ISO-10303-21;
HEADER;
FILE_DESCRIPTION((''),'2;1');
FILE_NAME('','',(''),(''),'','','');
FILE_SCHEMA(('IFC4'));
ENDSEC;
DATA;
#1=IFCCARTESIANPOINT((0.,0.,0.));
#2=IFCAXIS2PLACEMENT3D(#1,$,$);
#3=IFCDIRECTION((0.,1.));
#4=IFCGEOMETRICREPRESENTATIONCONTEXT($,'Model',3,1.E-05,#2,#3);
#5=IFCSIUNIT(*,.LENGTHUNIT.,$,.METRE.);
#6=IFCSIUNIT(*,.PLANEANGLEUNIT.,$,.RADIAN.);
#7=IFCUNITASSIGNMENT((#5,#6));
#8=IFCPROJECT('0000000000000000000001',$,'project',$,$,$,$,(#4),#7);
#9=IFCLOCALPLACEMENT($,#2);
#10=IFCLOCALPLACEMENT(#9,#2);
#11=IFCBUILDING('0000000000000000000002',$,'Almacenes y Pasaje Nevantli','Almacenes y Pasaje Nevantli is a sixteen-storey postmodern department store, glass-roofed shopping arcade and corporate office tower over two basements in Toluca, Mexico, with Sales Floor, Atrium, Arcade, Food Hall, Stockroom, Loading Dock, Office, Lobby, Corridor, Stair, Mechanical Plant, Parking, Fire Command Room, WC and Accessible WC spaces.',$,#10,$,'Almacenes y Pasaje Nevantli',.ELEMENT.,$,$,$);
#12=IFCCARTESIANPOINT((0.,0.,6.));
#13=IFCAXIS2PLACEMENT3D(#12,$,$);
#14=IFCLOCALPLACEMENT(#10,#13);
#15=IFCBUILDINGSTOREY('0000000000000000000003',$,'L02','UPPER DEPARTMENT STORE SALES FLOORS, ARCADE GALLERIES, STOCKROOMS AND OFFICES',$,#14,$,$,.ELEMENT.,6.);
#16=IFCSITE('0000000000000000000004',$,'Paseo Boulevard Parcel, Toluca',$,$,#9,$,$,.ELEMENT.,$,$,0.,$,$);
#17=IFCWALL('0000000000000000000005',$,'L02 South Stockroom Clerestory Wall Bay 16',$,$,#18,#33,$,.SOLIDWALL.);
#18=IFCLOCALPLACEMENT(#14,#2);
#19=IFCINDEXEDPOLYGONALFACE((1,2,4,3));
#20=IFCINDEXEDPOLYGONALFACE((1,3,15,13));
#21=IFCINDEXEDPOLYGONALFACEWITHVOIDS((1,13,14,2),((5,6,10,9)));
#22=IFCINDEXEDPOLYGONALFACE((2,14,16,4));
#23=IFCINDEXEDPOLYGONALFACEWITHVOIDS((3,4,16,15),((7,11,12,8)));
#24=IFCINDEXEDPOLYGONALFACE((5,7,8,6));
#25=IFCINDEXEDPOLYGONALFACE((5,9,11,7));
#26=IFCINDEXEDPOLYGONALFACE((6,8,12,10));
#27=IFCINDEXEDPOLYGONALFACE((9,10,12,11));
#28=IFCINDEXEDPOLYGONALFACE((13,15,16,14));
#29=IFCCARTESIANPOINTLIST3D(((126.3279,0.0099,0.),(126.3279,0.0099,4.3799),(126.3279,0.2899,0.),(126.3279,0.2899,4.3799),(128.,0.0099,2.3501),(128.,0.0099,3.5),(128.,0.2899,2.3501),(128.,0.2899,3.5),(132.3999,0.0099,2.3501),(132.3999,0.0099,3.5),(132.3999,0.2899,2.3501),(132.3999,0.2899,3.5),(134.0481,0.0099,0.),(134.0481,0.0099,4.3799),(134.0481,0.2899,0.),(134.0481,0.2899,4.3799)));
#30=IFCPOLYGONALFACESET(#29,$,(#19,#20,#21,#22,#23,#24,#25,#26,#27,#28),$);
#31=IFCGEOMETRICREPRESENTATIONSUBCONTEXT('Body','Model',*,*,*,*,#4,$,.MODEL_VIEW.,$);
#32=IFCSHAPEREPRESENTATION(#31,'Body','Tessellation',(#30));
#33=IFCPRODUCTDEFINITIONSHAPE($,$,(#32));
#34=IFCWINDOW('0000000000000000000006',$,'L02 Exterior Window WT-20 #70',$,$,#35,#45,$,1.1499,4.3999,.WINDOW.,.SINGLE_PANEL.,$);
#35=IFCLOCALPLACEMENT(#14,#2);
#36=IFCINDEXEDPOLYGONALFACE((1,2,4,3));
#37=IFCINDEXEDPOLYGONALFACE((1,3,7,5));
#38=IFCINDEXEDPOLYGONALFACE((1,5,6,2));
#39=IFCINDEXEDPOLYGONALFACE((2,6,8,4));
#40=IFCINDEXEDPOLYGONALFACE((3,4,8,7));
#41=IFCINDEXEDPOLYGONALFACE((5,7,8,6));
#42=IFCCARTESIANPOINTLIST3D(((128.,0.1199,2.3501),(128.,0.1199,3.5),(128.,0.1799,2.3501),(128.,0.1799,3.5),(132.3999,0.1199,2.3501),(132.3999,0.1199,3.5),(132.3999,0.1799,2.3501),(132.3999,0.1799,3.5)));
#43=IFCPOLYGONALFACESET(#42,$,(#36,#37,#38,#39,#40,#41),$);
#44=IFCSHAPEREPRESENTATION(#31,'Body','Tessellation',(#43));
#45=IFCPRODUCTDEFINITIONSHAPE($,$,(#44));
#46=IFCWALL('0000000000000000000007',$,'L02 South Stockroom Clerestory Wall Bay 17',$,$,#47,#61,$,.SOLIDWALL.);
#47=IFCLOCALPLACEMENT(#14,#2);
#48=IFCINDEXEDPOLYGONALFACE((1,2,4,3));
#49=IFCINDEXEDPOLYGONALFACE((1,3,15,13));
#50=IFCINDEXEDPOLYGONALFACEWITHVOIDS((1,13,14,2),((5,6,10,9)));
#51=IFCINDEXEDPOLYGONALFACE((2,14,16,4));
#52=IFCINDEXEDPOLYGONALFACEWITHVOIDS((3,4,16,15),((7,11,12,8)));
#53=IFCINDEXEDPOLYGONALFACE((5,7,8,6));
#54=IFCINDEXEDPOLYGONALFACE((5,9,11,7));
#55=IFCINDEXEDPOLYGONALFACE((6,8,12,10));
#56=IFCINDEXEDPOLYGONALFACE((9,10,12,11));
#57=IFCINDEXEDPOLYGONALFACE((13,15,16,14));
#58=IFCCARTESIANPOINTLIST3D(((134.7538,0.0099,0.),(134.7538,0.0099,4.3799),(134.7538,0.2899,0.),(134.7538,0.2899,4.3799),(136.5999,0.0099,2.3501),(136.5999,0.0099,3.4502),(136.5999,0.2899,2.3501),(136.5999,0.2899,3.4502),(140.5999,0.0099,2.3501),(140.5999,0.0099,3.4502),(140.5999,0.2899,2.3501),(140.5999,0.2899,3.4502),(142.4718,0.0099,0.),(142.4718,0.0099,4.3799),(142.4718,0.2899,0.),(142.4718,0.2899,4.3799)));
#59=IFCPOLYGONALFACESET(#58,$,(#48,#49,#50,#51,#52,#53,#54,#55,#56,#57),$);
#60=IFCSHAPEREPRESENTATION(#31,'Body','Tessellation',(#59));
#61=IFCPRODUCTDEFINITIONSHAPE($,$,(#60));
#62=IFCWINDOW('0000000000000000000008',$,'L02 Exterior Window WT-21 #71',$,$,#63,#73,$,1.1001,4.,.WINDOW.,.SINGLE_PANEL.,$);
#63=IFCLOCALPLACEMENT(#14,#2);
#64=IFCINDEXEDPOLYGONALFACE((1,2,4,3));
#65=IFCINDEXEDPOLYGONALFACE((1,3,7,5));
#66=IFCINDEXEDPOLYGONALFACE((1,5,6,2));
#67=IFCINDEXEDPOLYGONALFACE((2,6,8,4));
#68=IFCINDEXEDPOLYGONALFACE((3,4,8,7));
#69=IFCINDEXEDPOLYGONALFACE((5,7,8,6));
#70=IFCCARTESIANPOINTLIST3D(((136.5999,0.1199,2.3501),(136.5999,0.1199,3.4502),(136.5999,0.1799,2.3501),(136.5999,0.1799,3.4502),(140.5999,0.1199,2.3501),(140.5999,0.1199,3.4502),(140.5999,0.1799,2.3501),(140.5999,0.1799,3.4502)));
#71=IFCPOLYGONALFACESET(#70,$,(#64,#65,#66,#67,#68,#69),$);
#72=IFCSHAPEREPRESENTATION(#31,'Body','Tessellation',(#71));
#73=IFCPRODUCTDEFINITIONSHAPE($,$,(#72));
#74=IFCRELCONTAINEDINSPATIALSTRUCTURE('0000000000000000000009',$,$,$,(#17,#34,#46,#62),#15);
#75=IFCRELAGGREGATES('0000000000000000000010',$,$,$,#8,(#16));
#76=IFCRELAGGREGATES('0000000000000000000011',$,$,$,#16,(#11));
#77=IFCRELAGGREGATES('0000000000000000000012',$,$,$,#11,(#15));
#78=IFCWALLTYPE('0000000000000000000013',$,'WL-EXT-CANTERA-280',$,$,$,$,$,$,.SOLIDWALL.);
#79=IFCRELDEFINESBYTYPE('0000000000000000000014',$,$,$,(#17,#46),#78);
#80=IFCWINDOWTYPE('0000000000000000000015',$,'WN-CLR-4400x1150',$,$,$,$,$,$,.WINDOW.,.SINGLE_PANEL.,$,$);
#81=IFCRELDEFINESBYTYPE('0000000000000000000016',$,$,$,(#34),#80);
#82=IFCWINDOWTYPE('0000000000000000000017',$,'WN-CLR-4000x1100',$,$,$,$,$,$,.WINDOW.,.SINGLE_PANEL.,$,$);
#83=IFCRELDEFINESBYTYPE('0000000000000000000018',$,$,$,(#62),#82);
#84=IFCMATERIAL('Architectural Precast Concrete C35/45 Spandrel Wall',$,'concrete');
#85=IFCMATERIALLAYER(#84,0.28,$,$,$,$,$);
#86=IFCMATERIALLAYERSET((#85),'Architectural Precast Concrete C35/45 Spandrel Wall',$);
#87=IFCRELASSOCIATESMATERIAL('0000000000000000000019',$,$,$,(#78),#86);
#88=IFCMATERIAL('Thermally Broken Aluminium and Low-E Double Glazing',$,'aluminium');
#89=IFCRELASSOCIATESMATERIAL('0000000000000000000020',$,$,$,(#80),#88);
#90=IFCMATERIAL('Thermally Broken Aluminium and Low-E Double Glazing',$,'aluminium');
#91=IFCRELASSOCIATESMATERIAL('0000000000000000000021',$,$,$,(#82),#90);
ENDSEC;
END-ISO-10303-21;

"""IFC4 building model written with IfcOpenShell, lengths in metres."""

from ifc_helpers import new_model, si_unit, direction, frame, frame_2d, origin, place, context, subcontext, project, spatial, rectangle, extrude, material, layer, layer_set, type_object, element, fill, save


model = new_model("IFC4")

# Units and contexts
model_context = context("Model", 3, precision=1e-05, world=origin(), true_north=direction((0.0, 1.0)))
body_context = subcontext(model_context, "Body", "Model", "MODEL_VIEW")
ifc_project = project(units=[si_unit("LENGTHUNIT", "METRE"), si_unit("PLANEANGLEUNIT", "RADIAN")], contexts=[model_context])

# Site, building, storey
site_placement = place(None, origin())
site = spatial("IfcSite", under=ifc_project, at=site_placement, Name="Paseo Boulevard Parcel, Toluca", CompositionType="ELEMENT", RefElevation=0.0)
building_placement = place(site_placement, origin())
building = spatial("IfcBuilding", under=site, at=building_placement, Name="Almacenes y Pasaje Nevantli", Description="Almacenes y Pasaje Nevantli is a sixteen-storey postmodern department store, glass-roofed shopping arcade and corporate office tower over two basements in Toluca, Mexico, with Sales Floor, Atrium, Arcade, Food Hall, Stockroom, Loading Dock, Office, Lobby, Corridor, Stair, Mechanical Plant, Parking, Fire Command Room, WC and Accessible WC spaces.", LongName="Almacenes y Pasaje Nevantli", CompositionType="ELEMENT")
storey_placement = place(building_placement, frame((0.0, 0.0, 6.0)))
storey = spatial("IfcBuildingStorey", under=building, at=storey_placement, Name="L02", Description="UPPER DEPARTMENT STORE SALES FLOORS, ARCADE GALLERIES, STOCKROOMS AND OFFICES", CompositionType="ELEMENT", Elevation=6.0)

# Walls, openings, windows
ifc_material_1 = material(Name="Architectural Precast Concrete C35/45 Spandrel Wall", Category="concrete")
ifc_layer_1 = layer(ifc_material_1, 0.28)
ifc_layer_set_1 = layer_set([ifc_layer_1], Name="Architectural Precast Concrete C35/45 Spandrel Wall")
wall_type_1 = type_object("IfcWallType", Name="WL-EXT-CANTERA-280", PredefinedType="SOLIDWALL", material=ifc_layer_set_1)
wall_1_placement = place(storey_placement, frame((126.3279, 0.1499, 0.0), z_axis=(0.0, 0.0, 1.0), x_axis=(1.0, 0.0, 0.0)))
wall_1 = element("IfcWall", 1, at=wall_1_placement, inside=storey, type_object=wall_type_1, Name="L02 South Stockroom Clerestory Wall Bay 16", PredefinedType="SOLIDWALL", context=body_context, shape_type="SweptSolid", body=[
    extrude(rectangle(XDim=7.7202, YDim=0.28, at=frame_2d((3.8601, 0.0))), origin(), (0.0, 0.0, 1.0), 4.3799),
])
opening_1_placement = place(wall_1_placement, frame((1.6721, 0.0, 2.3501)))
opening_1 = element("IfcOpeningElement", 2, at=opening_1_placement, cuts=wall_1, PredefinedType="OPENING", context=body_context, shape_type="SweptSolid", body=[
    extrude(rectangle(XDim=4.3999, YDim=1.1499, at=frame_2d((2.2, 0.575))), frame((0.0, 0.1499, 0.0), z_axis=(0.0, -1.0, 0.0), x_axis=(1.0, 0.0, 0.0)), (0.0, 0.0, 1.0), 0.3),
])
ifc_material_2 = material(Name="Thermally Broken Aluminium and Low-E Double Glazing", Category="aluminium")
window_type_1 = type_object("IfcWindowType", Name="WN-CLR-4400x1150", PartitioningType="SINGLE_PANEL", PredefinedType="WINDOW", material=ifc_material_2)
window_1_placement = place(opening_1_placement, origin())
window_1 = element("IfcWindow", 3, at=window_1_placement, inside=storey, type_object=window_type_1, Name="L02 Exterior Window WT-20 #70", OverallHeight=1.1499, OverallWidth=4.3999, PartitioningType="SINGLE_PANEL", PredefinedType="WINDOW", context=body_context, shape_type="SweptSolid", body=[
    extrude(rectangle(XDim=4.3999, YDim=1.1499, at=frame_2d((2.2, 0.575))), frame((0.0, 0.03, 0.0), z_axis=(0.0, -1.0, 0.0), x_axis=(1.0, 0.0, 0.0)), (0.0, 0.0, 1.0), 0.0601),
])
fill(opening_1, window_1)
wall_2_placement = place(storey_placement, frame((134.7539, 0.1499, 0.0), z_axis=(0.0, 0.0, 1.0), x_axis=(1.0, 0.0, 0.0)))
wall_2 = element("IfcWall", 4, at=wall_2_placement, inside=storey, type_object=wall_type_1, Name="L02 South Stockroom Clerestory Wall Bay 17", PredefinedType="SOLIDWALL", context=body_context, shape_type="SweptSolid", body=[
    extrude(rectangle(XDim=7.718, YDim=0.28, at=frame_2d((3.8589, 0.0))), origin(), (0.0, 0.0, 1.0), 4.3799),
])
opening_2_placement = place(wall_2_placement, frame((1.8459, 0.0, 2.3501)))
opening_2 = element("IfcOpeningElement", 5, at=opening_2_placement, cuts=wall_2, PredefinedType="OPENING", context=body_context, shape_type="SweptSolid", body=[
    extrude(rectangle(XDim=4.0, YDim=1.1001, at=frame_2d((2.0, 0.55))), frame((0.0, 0.1499, 0.0), z_axis=(0.0, -1.0, 0.0), x_axis=(1.0, 0.0, 0.0)), (0.0, 0.0, 1.0), 0.3),
])
ifc_material_3 = material(Name="Thermally Broken Aluminium and Low-E Double Glazing", Category="aluminium")
window_type_2 = type_object("IfcWindowType", Name="WN-CLR-4000x1100", PartitioningType="SINGLE_PANEL", PredefinedType="WINDOW", material=ifc_material_3)
window_2_placement = place(opening_2_placement, origin())
window_2 = element("IfcWindow", 6, at=window_2_placement, inside=storey, type_object=window_type_2, Name="L02 Exterior Window WT-21 #71", OverallHeight=1.1001, OverallWidth=4.0, PartitioningType="SINGLE_PANEL", PredefinedType="WINDOW", context=body_context, shape_type="SweptSolid", body=[
    extrude(rectangle(XDim=4.0, YDim=1.1001, at=frame_2d((2.0, 0.55))), frame((0.0, 0.03, 0.0), z_axis=(0.0, -1.0, 0.0), x_axis=(1.0, 0.0, 0.0)), (0.0, 0.0, 1.0), 0.0601),
])
fill(opening_2, window_2)

save(model, "model.ifc")
